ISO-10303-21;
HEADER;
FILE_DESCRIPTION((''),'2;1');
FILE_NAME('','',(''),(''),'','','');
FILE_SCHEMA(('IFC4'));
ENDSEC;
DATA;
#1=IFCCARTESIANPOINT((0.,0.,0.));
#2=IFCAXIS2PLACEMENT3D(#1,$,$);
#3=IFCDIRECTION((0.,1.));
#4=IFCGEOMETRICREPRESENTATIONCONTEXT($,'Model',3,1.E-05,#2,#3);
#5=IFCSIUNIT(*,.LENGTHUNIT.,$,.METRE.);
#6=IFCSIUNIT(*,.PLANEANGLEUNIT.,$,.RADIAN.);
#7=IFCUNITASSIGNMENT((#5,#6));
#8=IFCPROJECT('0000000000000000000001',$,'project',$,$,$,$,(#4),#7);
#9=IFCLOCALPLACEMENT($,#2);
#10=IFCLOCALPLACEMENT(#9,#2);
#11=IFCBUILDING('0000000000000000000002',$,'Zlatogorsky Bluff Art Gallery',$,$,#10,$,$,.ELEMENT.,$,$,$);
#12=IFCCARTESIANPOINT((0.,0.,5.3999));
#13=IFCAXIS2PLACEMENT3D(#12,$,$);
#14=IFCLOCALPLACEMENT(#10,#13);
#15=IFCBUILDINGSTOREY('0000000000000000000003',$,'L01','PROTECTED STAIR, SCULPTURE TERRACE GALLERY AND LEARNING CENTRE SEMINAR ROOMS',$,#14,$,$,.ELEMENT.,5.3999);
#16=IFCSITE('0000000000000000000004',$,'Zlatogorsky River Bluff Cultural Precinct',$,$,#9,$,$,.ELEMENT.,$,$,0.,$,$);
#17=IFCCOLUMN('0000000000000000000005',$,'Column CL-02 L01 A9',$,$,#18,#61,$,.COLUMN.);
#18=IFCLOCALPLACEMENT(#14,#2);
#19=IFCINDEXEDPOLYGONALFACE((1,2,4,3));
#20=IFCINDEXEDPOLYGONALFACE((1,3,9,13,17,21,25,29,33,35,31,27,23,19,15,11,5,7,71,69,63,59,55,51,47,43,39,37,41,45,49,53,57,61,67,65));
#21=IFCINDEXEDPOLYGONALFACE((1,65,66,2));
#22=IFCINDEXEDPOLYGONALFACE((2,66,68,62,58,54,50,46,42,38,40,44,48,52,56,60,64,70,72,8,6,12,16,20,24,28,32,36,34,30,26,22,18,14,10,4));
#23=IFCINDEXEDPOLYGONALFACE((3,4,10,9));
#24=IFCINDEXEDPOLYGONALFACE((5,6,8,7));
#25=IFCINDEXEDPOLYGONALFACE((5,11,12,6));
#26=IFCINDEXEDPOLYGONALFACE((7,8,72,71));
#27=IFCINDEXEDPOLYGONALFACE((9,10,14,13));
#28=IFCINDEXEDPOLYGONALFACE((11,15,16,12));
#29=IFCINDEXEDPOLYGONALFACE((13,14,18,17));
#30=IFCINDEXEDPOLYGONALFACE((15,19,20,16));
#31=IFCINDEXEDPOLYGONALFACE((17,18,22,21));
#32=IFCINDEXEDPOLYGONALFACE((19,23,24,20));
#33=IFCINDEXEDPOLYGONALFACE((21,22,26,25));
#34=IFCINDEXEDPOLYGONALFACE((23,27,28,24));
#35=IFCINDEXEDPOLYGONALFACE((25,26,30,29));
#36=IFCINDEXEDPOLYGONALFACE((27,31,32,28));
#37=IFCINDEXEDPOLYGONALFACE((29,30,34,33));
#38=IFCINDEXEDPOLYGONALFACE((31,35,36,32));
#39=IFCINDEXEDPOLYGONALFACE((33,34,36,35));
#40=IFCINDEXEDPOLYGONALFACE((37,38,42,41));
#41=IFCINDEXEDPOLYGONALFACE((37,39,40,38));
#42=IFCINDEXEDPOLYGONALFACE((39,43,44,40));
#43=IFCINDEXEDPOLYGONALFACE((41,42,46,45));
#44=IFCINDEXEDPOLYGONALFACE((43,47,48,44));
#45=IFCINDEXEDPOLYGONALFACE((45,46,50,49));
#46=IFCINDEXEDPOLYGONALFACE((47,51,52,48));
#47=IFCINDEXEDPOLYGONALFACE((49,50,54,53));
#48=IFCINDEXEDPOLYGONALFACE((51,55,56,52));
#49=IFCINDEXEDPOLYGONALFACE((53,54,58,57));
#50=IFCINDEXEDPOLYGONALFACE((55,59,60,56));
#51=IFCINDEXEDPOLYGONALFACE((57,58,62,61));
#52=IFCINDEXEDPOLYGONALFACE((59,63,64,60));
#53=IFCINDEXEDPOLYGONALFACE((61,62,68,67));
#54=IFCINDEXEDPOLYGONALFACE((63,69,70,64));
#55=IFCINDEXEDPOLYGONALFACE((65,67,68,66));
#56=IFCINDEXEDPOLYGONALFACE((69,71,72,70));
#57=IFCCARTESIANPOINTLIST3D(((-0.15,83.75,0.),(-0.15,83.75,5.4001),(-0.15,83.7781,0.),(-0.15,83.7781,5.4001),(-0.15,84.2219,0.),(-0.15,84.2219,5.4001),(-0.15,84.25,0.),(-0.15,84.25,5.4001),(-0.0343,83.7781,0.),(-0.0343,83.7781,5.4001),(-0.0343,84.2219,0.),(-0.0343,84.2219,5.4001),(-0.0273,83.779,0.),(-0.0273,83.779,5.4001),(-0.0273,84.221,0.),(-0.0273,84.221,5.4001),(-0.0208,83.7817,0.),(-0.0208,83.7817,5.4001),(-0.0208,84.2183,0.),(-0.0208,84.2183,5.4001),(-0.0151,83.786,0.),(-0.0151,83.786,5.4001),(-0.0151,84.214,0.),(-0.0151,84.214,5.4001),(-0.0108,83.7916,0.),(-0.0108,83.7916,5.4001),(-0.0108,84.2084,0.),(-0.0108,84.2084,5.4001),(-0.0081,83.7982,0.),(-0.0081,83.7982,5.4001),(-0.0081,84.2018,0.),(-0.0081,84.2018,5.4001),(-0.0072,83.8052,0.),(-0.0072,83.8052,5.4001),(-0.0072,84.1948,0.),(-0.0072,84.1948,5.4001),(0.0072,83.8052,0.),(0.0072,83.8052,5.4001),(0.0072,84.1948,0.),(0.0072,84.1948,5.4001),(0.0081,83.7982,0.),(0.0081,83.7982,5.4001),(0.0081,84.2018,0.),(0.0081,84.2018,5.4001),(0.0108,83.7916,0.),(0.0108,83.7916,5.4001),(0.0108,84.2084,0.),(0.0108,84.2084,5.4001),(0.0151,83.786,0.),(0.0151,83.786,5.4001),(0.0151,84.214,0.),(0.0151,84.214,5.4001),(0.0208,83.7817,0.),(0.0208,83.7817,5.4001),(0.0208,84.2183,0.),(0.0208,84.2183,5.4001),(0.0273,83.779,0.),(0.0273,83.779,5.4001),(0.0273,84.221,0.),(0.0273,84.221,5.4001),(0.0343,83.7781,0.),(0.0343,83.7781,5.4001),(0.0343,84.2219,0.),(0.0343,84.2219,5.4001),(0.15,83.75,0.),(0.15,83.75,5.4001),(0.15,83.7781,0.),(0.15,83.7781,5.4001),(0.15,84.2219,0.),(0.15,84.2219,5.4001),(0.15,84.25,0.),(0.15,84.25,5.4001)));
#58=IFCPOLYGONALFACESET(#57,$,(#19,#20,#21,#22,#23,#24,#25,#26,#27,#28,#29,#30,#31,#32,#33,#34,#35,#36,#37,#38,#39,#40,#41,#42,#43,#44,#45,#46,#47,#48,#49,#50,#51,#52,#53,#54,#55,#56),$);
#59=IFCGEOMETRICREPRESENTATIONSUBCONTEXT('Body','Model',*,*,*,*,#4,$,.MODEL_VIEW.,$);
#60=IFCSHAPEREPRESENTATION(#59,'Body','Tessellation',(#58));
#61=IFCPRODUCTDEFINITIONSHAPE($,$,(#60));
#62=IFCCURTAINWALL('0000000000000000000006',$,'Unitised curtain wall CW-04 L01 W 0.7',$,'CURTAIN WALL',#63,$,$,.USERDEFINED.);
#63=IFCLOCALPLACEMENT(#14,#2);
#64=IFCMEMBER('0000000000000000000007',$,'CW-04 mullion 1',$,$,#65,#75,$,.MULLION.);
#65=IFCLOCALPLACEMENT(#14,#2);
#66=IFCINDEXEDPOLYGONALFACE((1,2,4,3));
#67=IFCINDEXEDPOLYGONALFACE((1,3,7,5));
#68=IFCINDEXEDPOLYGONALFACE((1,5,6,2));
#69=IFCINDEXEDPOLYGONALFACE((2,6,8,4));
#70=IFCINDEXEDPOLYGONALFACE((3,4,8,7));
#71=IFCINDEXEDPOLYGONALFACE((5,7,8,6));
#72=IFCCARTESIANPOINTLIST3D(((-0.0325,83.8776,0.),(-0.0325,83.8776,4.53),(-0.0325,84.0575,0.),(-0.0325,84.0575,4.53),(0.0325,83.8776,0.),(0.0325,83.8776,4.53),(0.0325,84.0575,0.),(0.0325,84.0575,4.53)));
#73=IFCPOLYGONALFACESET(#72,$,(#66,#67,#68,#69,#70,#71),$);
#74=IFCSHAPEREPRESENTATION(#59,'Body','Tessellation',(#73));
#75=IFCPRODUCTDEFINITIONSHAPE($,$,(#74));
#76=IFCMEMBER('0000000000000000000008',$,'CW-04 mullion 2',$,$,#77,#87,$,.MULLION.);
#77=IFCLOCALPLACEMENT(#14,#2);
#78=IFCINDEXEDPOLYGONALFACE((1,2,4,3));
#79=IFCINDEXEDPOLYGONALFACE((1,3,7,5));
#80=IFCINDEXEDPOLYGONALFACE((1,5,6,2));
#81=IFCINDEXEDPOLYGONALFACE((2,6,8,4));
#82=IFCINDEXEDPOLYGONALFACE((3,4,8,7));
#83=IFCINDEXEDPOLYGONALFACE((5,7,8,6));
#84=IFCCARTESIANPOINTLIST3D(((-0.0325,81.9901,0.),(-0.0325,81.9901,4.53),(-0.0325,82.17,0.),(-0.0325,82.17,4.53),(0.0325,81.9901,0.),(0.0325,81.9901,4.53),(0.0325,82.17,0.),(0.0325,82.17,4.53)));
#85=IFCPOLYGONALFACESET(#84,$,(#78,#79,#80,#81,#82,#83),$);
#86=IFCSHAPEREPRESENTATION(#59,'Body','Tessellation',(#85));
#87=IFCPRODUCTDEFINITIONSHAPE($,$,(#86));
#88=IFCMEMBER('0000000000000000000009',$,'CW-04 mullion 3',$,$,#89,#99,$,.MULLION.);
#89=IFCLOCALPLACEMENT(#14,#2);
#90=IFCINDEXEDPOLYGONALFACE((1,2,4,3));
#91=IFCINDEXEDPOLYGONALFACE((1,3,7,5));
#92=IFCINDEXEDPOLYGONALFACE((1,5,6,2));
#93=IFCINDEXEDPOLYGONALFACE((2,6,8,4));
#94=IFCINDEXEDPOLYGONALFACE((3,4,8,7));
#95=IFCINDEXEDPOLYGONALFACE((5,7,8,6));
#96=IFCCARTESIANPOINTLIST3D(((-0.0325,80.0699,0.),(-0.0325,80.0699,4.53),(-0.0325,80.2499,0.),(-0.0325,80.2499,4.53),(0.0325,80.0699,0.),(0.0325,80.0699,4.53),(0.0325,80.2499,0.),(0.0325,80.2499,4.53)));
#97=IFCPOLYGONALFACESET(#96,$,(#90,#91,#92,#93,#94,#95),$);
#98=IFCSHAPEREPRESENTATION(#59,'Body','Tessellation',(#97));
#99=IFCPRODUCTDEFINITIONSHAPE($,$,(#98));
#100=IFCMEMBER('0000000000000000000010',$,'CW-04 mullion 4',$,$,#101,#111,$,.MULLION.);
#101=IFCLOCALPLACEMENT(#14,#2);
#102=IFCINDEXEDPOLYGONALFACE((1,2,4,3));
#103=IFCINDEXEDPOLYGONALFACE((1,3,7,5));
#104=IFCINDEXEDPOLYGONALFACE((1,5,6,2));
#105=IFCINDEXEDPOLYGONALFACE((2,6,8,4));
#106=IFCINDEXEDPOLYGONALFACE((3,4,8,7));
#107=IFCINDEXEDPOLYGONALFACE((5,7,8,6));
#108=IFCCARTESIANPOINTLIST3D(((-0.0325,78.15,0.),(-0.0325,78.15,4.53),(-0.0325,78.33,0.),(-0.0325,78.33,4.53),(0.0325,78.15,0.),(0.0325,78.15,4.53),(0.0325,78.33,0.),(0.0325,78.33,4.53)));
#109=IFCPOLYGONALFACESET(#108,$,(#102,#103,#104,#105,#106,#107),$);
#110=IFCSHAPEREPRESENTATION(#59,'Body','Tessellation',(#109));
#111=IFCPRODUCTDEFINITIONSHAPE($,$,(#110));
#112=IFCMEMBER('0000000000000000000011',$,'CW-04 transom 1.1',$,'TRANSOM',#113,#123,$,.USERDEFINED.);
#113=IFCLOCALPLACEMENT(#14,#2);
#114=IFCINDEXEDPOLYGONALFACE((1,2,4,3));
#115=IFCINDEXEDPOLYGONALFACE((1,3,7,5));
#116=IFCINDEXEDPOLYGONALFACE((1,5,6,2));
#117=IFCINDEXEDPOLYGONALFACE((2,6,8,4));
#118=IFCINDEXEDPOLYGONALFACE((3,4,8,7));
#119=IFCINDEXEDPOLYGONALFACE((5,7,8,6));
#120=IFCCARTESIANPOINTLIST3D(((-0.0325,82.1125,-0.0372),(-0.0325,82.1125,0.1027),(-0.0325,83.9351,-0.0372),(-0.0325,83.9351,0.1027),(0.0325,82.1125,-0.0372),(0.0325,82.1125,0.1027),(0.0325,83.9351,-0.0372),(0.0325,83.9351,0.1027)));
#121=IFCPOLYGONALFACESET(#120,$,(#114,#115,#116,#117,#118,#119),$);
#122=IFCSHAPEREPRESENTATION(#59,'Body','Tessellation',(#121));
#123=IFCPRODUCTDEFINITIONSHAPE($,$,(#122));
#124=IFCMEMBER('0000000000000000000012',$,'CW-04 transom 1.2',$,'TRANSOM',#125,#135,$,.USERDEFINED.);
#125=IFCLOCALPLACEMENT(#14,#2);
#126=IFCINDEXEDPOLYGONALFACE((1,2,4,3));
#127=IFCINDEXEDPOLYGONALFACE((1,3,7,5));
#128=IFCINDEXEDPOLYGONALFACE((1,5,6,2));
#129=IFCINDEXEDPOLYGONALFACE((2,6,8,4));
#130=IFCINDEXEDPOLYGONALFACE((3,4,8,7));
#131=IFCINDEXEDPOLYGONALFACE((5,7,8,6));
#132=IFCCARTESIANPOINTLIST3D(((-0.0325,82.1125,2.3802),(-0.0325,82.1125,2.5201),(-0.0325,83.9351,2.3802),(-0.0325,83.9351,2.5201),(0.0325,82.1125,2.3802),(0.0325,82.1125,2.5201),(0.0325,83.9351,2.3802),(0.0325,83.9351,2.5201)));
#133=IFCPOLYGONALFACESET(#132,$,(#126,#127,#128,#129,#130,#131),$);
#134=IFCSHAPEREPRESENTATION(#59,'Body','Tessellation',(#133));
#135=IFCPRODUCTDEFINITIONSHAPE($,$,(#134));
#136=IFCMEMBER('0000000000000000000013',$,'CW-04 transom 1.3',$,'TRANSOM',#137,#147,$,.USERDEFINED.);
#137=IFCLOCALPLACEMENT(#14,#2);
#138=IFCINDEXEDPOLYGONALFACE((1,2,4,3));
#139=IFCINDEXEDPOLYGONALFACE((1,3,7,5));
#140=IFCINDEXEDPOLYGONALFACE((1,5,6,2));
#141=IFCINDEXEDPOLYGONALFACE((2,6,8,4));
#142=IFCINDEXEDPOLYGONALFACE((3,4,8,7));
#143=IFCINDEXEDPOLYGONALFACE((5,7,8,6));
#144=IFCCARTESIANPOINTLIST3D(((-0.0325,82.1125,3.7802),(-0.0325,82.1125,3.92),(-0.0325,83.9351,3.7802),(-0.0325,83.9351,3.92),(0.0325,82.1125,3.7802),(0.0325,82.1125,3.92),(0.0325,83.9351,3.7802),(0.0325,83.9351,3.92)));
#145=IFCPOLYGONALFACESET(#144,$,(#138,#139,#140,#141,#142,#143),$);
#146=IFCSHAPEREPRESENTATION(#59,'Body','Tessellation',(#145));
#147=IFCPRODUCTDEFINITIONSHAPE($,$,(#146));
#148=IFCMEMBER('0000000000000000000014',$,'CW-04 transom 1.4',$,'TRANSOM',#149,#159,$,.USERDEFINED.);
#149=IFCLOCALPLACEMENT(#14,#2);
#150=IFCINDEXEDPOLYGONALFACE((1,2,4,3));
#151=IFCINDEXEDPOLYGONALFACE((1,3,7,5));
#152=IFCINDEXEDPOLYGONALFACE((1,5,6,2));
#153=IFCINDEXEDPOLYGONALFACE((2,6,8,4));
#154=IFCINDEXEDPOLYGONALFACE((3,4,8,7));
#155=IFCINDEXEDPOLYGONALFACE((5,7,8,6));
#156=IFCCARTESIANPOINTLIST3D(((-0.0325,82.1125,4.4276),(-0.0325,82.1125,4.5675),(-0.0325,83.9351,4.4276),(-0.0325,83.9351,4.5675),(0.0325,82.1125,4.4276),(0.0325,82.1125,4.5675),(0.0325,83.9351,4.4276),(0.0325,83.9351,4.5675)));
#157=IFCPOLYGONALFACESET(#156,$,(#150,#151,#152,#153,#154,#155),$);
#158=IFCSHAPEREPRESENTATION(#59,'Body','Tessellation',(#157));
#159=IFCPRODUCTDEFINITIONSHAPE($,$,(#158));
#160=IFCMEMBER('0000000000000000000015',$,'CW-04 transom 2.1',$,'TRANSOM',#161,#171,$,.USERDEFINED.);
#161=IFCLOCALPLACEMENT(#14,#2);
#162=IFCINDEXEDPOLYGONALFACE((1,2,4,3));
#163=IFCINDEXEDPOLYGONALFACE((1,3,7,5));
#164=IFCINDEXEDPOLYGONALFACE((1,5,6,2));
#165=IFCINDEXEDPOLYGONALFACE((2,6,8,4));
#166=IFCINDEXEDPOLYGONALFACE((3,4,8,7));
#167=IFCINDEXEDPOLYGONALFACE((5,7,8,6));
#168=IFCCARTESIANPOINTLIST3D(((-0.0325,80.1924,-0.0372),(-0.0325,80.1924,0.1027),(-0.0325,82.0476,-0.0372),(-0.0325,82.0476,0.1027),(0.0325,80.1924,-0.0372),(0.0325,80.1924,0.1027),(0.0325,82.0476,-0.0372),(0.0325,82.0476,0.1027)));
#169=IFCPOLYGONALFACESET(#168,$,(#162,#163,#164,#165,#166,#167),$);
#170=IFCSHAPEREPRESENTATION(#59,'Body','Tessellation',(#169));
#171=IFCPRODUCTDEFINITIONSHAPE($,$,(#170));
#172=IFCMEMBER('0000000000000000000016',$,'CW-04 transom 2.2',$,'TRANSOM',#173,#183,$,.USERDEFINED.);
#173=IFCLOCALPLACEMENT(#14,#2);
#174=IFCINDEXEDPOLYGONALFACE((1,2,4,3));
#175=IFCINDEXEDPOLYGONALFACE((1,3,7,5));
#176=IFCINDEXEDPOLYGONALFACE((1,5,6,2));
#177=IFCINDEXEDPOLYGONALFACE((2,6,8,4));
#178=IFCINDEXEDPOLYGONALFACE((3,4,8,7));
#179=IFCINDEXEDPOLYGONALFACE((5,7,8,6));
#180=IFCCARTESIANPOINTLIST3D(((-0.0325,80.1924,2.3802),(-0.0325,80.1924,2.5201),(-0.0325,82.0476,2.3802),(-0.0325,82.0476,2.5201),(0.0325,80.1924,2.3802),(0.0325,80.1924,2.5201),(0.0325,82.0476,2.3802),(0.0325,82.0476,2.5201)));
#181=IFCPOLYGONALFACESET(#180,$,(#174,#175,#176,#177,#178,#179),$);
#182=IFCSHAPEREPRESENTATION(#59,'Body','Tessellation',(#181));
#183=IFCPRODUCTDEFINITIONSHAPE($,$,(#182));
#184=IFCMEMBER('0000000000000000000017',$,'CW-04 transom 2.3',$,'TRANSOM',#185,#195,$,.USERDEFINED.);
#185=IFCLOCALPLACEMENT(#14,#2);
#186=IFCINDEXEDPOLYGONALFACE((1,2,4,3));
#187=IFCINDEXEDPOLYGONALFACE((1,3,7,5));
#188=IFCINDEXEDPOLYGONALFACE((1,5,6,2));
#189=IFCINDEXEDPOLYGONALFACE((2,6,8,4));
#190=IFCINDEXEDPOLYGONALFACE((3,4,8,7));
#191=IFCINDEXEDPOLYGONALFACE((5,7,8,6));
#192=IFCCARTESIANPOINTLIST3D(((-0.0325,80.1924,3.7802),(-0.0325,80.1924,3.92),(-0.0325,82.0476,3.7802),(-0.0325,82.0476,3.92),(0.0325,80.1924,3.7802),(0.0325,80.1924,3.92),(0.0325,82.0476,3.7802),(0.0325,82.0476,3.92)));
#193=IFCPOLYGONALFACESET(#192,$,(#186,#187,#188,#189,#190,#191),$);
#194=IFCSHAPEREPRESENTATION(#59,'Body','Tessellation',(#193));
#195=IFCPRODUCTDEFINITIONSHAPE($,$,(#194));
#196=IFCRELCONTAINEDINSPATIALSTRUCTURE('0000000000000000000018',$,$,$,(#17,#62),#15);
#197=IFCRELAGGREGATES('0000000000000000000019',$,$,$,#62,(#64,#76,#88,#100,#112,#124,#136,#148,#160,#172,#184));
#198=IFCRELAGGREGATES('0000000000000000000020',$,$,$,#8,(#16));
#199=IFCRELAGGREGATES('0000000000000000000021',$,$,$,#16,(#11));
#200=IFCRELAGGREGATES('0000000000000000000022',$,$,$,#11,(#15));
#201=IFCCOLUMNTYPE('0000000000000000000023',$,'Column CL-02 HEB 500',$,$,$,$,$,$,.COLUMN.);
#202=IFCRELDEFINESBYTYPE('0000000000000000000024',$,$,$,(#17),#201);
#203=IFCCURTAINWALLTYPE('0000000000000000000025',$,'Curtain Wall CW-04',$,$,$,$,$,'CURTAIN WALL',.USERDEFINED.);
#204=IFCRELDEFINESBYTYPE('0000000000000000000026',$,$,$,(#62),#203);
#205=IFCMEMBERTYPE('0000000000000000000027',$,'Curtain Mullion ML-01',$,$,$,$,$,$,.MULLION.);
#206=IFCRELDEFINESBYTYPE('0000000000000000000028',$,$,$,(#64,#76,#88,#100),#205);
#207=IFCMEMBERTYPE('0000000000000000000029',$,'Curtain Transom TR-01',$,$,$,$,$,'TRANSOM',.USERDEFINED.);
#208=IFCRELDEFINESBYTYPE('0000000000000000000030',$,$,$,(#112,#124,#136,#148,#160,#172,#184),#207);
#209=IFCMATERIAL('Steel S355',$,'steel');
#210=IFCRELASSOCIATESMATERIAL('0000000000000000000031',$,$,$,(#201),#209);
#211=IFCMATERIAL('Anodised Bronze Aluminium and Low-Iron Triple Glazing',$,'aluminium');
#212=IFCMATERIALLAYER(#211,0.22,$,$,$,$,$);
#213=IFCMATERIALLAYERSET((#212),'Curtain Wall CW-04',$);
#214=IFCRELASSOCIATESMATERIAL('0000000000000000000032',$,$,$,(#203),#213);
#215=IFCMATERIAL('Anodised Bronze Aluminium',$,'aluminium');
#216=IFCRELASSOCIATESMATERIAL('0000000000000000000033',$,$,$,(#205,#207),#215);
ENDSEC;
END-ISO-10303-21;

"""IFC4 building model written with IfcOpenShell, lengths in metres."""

from ifc_helpers import new_model, si_unit, direction, frame, origin, origin_2d, place, context, subcontext, project, spatial, rectangle, i_section, extrude, material, layer, layer_set, material_profile, profile_set, type_object, element, aggregate, save


model = new_model("IFC4")

# Units and contexts
model_context = context("Model", 3, precision=1e-05, world=origin(), true_north=direction((0.0, 1.0)))
body_context = subcontext(model_context, "Body", "Model", "MODEL_VIEW")
ifc_project = project(units=[si_unit("LENGTHUNIT", "METRE"), si_unit("PLANEANGLEUNIT", "RADIAN")], contexts=[model_context])

# Site, building, storey
site_placement = place(None, origin())
site = spatial("IfcSite", under=ifc_project, at=site_placement, Name="Zlatogorsky River Bluff Cultural Precinct", CompositionType="ELEMENT", RefElevation=0.0)
building_placement = place(site_placement, origin())
building = spatial("IfcBuilding", under=site, at=building_placement, Name="Zlatogorsky Bluff Art Gallery", CompositionType="ELEMENT")
storey_placement = place(building_placement, frame((0.0, 0.0, 5.3999)))
storey = spatial("IfcBuildingStorey", under=building, at=storey_placement, Name="L01", Description="PROTECTED STAIR, SCULPTURE TERRACE GALLERY AND LEARNING CENTRE SEMINAR ROOMS", CompositionType="ELEMENT", Elevation=5.3999)

# Column
ifc_material_1 = material(Name="Steel S355", Category="steel")
ifc_material_profile_1 = material_profile(ifc_material_1, i_section(OverallWidth=0.3, OverallDepth=0.5, WebThickness=0.0144, FlangeThickness=0.0281, FilletRadius=0.0271, at=origin_2d()), Name="HEB 500")
ifc_profile_set_1 = profile_set([ifc_material_profile_1], Name="Steel S355")
column_type = type_object("IfcColumnType", Name="Column CL-02 HEB 500", PredefinedType="COLUMN", material=ifc_profile_set_1)
column_placement = place(storey_placement, frame((0.0, 84.0, 0.0), z_axis=(0.0, 0.0, 1.0), x_axis=(1.0, 0.0, 0.0)))
element("IfcColumn", 1, at=column_placement, inside=storey, type_object=column_type, Name="Column CL-02 L01 A9", PredefinedType="COLUMN", context=body_context, shape_type="SweptSolid", body=[
    extrude(i_section(OverallWidth=0.3, OverallDepth=0.5, WebThickness=0.0144, FlangeThickness=0.0281, FilletRadius=0.0271, at=origin_2d()), origin(), (0.0, 0.0, 1.0), 5.4001),
])

# Curtain wall, members
ifc_material_2 = material(Name="Anodised Bronze Aluminium and Low-Iron Triple Glazing", Category="aluminium")
ifc_layer_1 = layer(ifc_material_2, 0.22)
ifc_layer_set_1 = layer_set([ifc_layer_1], Name="Curtain Wall CW-04")
curtain_wall_type = type_object("IfcCurtainWallType", Name="Curtain Wall CW-04", ElementType="CURTAIN WALL", PredefinedType="USERDEFINED", material=ifc_layer_set_1)
curtain_wall_placement = place(storey_placement, origin())
curtain_wall = element("IfcCurtainWall", 2, at=curtain_wall_placement, inside=storey, type_object=curtain_wall_type, Name="Unitised curtain wall CW-04 L01 W 0.7", ObjectType="CURTAIN WALL", PredefinedType="USERDEFINED")
ifc_material_3 = material(Name="Anodised Bronze Aluminium", Category="aluminium")
ifc_material_profile_2 = material_profile(ifc_material_3, rectangle(XDim=0.0649, YDim=0.1799, at=origin_2d()), Name="ALU MULLION 65x180")
ifc_profile_set_2 = profile_set([ifc_material_profile_2], Name="Anodised Bronze Aluminium")
member_type_1 = type_object("IfcMemberType", Name="Curtain Mullion ML-01", PredefinedType="MULLION", material=ifc_profile_set_2)
member_1_placement = place(storey_placement, frame((0.0, 83.9675, 0.0), z_axis=(0.0, 0.0, 1.0), x_axis=(1.0, 0.0, 0.0)))
member_1 = element("IfcMember", 3, at=member_1_placement, type_object=member_type_1, Name="CW-04 mullion 1", PredefinedType="MULLION", context=body_context, shape_type="SweptSolid", body=[
    extrude(rectangle(XDim=0.0649, YDim=0.1799, at=origin_2d()), origin(), (0.0, 0.0, 1.0), 4.53),
])
member_2_placement = place(storey_placement, frame((0.0, 82.0801, 0.0), z_axis=(0.0, 0.0, 1.0), x_axis=(1.0, 0.0, 0.0)))
member_2 = element("IfcMember", 4, at=member_2_placement, type_object=member_type_1, Name="CW-04 mullion 2", PredefinedType="MULLION", context=body_context, shape_type="SweptSolid", body=[
    extrude(rectangle(XDim=0.0649, YDim=0.1799, at=origin_2d()), origin(), (0.0, 0.0, 1.0), 4.53),
])
member_3_placement = place(storey_placement, frame((0.0, 80.1599, 0.0), z_axis=(0.0, 0.0, 1.0), x_axis=(1.0, 0.0, 0.0)))
member_3 = element("IfcMember", 5, at=member_3_placement, type_object=member_type_1, Name="CW-04 mullion 3", PredefinedType="MULLION", context=body_context, shape_type="SweptSolid", body=[
    extrude(rectangle(XDim=0.0649, YDim=0.1799, at=origin_2d()), origin(), (0.0, 0.0, 1.0), 4.53),
])
member_4_placement = place(storey_placement, frame((0.0, 78.24, 0.0), z_axis=(0.0, 0.0, 1.0), x_axis=(1.0, 0.0, 0.0)))
member_4 = element("IfcMember", 6, at=member_4_placement, type_object=member_type_1, Name="CW-04 mullion 4", PredefinedType="MULLION", context=body_context, shape_type="SweptSolid", body=[
    extrude(rectangle(XDim=0.0649, YDim=0.1799, at=origin_2d()), origin(), (0.0, 0.0, 1.0), 4.53),
])
ifc_material_profile_3 = material_profile(ifc_material_3, rectangle(XDim=0.0649, YDim=0.1399, at=origin_2d()), Name="ALU TRANSOM 65x140")
ifc_profile_set_3 = profile_set([ifc_material_profile_3], Name="Anodised Bronze Aluminium")
member_type_2 = type_object("IfcMemberType", Name="Curtain Transom TR-01", ElementType="TRANSOM", PredefinedType="USERDEFINED", material=ifc_profile_set_3)
member_5_placement = place(storey_placement, frame((0.0, 83.9351, 0.0327), z_axis=(0.0, -1.0, 0.0), x_axis=(1.0, 0.0, 0.0)))
member_5 = element("IfcMember", 7, at=member_5_placement, type_object=member_type_2, Name="CW-04 transom 1.1", ObjectType="TRANSOM", PredefinedType="USERDEFINED", context=body_context, shape_type="SweptSolid", body=[
    extrude(rectangle(XDim=0.0649, YDim=0.1399, at=origin_2d()), origin(), (0.0, 0.0, 1.0), 1.8225),
])
member_6_placement = place(storey_placement, frame((0.0, 83.9351, 2.4502), z_axis=(0.0, -1.0, 0.0), x_axis=(1.0, 0.0, 0.0)))
member_6 = element("IfcMember", 8, at=member_6_placement, type_object=member_type_2, Name="CW-04 transom 1.2", ObjectType="TRANSOM", PredefinedType="USERDEFINED", context=body_context, shape_type="SweptSolid", body=[
    extrude(rectangle(XDim=0.0649, YDim=0.1399, at=origin_2d()), origin(), (0.0, 0.0, 1.0), 1.8225),
])
member_7_placement = place(storey_placement, frame((0.0, 83.9351, 3.8501), z_axis=(0.0, -1.0, 0.0), x_axis=(1.0, 0.0, 0.0)))
member_7 = element("IfcMember", 9, at=member_7_placement, type_object=member_type_2, Name="CW-04 transom 1.3", ObjectType="TRANSOM", PredefinedType="USERDEFINED", context=body_context, shape_type="SweptSolid", body=[
    extrude(rectangle(XDim=0.0649, YDim=0.1399, at=origin_2d()), origin(), (0.0, 0.0, 1.0), 1.8225),
])
member_8_placement = place(storey_placement, frame((0.0, 83.9351, 4.4976), z_axis=(0.0, -1.0, 0.0), x_axis=(1.0, 0.0, 0.0)))
member_8 = element("IfcMember", 10, at=member_8_placement, type_object=member_type_2, Name="CW-04 transom 1.4", ObjectType="TRANSOM", PredefinedType="USERDEFINED", context=body_context, shape_type="SweptSolid", body=[
    extrude(rectangle(XDim=0.0649, YDim=0.1399, at=origin_2d()), origin(), (0.0, 0.0, 1.0), 1.8225),
])
member_9_placement = place(storey_placement, frame((0.0, 82.0476, 0.0327), z_axis=(0.0, -1.0, 0.0), x_axis=(1.0, 0.0, 0.0)))
member_9 = element("IfcMember", 11, at=member_9_placement, type_object=member_type_2, Name="CW-04 transom 2.1", ObjectType="TRANSOM", PredefinedType="USERDEFINED", context=body_context, shape_type="SweptSolid", body=[
    extrude(rectangle(XDim=0.0649, YDim=0.1399, at=origin_2d()), origin(), (0.0, 0.0, 1.0), 1.8552),
])
member_10_placement = place(storey_placement, frame((0.0, 82.0476, 2.4502), z_axis=(0.0, -1.0, 0.0), x_axis=(1.0, 0.0, 0.0)))
member_10 = element("IfcMember", 12, at=member_10_placement, type_object=member_type_2, Name="CW-04 transom 2.2", ObjectType="TRANSOM", PredefinedType="USERDEFINED", context=body_context, shape_type="SweptSolid", body=[
    extrude(rectangle(XDim=0.0649, YDim=0.1399, at=origin_2d()), origin(), (0.0, 0.0, 1.0), 1.8552),
])
member_11_placement = place(storey_placement, frame((0.0, 82.0476, 3.8501), z_axis=(0.0, -1.0, 0.0), x_axis=(1.0, 0.0, 0.0)))
member_11 = element("IfcMember", 13, at=member_11_placement, type_object=member_type_2, Name="CW-04 transom 2.3", ObjectType="TRANSOM", PredefinedType="USERDEFINED", context=body_context, shape_type="SweptSolid", body=[
    extrude(rectangle(XDim=0.0649, YDim=0.1399, at=origin_2d()), origin(), (0.0, 0.0, 1.0), 1.8552),
])
aggregate(curtain_wall, [member_1, member_2, member_3, member_4, member_5, member_6, member_7, member_8, member_9, member_10, member_11])

save(model, "model.ifc")
